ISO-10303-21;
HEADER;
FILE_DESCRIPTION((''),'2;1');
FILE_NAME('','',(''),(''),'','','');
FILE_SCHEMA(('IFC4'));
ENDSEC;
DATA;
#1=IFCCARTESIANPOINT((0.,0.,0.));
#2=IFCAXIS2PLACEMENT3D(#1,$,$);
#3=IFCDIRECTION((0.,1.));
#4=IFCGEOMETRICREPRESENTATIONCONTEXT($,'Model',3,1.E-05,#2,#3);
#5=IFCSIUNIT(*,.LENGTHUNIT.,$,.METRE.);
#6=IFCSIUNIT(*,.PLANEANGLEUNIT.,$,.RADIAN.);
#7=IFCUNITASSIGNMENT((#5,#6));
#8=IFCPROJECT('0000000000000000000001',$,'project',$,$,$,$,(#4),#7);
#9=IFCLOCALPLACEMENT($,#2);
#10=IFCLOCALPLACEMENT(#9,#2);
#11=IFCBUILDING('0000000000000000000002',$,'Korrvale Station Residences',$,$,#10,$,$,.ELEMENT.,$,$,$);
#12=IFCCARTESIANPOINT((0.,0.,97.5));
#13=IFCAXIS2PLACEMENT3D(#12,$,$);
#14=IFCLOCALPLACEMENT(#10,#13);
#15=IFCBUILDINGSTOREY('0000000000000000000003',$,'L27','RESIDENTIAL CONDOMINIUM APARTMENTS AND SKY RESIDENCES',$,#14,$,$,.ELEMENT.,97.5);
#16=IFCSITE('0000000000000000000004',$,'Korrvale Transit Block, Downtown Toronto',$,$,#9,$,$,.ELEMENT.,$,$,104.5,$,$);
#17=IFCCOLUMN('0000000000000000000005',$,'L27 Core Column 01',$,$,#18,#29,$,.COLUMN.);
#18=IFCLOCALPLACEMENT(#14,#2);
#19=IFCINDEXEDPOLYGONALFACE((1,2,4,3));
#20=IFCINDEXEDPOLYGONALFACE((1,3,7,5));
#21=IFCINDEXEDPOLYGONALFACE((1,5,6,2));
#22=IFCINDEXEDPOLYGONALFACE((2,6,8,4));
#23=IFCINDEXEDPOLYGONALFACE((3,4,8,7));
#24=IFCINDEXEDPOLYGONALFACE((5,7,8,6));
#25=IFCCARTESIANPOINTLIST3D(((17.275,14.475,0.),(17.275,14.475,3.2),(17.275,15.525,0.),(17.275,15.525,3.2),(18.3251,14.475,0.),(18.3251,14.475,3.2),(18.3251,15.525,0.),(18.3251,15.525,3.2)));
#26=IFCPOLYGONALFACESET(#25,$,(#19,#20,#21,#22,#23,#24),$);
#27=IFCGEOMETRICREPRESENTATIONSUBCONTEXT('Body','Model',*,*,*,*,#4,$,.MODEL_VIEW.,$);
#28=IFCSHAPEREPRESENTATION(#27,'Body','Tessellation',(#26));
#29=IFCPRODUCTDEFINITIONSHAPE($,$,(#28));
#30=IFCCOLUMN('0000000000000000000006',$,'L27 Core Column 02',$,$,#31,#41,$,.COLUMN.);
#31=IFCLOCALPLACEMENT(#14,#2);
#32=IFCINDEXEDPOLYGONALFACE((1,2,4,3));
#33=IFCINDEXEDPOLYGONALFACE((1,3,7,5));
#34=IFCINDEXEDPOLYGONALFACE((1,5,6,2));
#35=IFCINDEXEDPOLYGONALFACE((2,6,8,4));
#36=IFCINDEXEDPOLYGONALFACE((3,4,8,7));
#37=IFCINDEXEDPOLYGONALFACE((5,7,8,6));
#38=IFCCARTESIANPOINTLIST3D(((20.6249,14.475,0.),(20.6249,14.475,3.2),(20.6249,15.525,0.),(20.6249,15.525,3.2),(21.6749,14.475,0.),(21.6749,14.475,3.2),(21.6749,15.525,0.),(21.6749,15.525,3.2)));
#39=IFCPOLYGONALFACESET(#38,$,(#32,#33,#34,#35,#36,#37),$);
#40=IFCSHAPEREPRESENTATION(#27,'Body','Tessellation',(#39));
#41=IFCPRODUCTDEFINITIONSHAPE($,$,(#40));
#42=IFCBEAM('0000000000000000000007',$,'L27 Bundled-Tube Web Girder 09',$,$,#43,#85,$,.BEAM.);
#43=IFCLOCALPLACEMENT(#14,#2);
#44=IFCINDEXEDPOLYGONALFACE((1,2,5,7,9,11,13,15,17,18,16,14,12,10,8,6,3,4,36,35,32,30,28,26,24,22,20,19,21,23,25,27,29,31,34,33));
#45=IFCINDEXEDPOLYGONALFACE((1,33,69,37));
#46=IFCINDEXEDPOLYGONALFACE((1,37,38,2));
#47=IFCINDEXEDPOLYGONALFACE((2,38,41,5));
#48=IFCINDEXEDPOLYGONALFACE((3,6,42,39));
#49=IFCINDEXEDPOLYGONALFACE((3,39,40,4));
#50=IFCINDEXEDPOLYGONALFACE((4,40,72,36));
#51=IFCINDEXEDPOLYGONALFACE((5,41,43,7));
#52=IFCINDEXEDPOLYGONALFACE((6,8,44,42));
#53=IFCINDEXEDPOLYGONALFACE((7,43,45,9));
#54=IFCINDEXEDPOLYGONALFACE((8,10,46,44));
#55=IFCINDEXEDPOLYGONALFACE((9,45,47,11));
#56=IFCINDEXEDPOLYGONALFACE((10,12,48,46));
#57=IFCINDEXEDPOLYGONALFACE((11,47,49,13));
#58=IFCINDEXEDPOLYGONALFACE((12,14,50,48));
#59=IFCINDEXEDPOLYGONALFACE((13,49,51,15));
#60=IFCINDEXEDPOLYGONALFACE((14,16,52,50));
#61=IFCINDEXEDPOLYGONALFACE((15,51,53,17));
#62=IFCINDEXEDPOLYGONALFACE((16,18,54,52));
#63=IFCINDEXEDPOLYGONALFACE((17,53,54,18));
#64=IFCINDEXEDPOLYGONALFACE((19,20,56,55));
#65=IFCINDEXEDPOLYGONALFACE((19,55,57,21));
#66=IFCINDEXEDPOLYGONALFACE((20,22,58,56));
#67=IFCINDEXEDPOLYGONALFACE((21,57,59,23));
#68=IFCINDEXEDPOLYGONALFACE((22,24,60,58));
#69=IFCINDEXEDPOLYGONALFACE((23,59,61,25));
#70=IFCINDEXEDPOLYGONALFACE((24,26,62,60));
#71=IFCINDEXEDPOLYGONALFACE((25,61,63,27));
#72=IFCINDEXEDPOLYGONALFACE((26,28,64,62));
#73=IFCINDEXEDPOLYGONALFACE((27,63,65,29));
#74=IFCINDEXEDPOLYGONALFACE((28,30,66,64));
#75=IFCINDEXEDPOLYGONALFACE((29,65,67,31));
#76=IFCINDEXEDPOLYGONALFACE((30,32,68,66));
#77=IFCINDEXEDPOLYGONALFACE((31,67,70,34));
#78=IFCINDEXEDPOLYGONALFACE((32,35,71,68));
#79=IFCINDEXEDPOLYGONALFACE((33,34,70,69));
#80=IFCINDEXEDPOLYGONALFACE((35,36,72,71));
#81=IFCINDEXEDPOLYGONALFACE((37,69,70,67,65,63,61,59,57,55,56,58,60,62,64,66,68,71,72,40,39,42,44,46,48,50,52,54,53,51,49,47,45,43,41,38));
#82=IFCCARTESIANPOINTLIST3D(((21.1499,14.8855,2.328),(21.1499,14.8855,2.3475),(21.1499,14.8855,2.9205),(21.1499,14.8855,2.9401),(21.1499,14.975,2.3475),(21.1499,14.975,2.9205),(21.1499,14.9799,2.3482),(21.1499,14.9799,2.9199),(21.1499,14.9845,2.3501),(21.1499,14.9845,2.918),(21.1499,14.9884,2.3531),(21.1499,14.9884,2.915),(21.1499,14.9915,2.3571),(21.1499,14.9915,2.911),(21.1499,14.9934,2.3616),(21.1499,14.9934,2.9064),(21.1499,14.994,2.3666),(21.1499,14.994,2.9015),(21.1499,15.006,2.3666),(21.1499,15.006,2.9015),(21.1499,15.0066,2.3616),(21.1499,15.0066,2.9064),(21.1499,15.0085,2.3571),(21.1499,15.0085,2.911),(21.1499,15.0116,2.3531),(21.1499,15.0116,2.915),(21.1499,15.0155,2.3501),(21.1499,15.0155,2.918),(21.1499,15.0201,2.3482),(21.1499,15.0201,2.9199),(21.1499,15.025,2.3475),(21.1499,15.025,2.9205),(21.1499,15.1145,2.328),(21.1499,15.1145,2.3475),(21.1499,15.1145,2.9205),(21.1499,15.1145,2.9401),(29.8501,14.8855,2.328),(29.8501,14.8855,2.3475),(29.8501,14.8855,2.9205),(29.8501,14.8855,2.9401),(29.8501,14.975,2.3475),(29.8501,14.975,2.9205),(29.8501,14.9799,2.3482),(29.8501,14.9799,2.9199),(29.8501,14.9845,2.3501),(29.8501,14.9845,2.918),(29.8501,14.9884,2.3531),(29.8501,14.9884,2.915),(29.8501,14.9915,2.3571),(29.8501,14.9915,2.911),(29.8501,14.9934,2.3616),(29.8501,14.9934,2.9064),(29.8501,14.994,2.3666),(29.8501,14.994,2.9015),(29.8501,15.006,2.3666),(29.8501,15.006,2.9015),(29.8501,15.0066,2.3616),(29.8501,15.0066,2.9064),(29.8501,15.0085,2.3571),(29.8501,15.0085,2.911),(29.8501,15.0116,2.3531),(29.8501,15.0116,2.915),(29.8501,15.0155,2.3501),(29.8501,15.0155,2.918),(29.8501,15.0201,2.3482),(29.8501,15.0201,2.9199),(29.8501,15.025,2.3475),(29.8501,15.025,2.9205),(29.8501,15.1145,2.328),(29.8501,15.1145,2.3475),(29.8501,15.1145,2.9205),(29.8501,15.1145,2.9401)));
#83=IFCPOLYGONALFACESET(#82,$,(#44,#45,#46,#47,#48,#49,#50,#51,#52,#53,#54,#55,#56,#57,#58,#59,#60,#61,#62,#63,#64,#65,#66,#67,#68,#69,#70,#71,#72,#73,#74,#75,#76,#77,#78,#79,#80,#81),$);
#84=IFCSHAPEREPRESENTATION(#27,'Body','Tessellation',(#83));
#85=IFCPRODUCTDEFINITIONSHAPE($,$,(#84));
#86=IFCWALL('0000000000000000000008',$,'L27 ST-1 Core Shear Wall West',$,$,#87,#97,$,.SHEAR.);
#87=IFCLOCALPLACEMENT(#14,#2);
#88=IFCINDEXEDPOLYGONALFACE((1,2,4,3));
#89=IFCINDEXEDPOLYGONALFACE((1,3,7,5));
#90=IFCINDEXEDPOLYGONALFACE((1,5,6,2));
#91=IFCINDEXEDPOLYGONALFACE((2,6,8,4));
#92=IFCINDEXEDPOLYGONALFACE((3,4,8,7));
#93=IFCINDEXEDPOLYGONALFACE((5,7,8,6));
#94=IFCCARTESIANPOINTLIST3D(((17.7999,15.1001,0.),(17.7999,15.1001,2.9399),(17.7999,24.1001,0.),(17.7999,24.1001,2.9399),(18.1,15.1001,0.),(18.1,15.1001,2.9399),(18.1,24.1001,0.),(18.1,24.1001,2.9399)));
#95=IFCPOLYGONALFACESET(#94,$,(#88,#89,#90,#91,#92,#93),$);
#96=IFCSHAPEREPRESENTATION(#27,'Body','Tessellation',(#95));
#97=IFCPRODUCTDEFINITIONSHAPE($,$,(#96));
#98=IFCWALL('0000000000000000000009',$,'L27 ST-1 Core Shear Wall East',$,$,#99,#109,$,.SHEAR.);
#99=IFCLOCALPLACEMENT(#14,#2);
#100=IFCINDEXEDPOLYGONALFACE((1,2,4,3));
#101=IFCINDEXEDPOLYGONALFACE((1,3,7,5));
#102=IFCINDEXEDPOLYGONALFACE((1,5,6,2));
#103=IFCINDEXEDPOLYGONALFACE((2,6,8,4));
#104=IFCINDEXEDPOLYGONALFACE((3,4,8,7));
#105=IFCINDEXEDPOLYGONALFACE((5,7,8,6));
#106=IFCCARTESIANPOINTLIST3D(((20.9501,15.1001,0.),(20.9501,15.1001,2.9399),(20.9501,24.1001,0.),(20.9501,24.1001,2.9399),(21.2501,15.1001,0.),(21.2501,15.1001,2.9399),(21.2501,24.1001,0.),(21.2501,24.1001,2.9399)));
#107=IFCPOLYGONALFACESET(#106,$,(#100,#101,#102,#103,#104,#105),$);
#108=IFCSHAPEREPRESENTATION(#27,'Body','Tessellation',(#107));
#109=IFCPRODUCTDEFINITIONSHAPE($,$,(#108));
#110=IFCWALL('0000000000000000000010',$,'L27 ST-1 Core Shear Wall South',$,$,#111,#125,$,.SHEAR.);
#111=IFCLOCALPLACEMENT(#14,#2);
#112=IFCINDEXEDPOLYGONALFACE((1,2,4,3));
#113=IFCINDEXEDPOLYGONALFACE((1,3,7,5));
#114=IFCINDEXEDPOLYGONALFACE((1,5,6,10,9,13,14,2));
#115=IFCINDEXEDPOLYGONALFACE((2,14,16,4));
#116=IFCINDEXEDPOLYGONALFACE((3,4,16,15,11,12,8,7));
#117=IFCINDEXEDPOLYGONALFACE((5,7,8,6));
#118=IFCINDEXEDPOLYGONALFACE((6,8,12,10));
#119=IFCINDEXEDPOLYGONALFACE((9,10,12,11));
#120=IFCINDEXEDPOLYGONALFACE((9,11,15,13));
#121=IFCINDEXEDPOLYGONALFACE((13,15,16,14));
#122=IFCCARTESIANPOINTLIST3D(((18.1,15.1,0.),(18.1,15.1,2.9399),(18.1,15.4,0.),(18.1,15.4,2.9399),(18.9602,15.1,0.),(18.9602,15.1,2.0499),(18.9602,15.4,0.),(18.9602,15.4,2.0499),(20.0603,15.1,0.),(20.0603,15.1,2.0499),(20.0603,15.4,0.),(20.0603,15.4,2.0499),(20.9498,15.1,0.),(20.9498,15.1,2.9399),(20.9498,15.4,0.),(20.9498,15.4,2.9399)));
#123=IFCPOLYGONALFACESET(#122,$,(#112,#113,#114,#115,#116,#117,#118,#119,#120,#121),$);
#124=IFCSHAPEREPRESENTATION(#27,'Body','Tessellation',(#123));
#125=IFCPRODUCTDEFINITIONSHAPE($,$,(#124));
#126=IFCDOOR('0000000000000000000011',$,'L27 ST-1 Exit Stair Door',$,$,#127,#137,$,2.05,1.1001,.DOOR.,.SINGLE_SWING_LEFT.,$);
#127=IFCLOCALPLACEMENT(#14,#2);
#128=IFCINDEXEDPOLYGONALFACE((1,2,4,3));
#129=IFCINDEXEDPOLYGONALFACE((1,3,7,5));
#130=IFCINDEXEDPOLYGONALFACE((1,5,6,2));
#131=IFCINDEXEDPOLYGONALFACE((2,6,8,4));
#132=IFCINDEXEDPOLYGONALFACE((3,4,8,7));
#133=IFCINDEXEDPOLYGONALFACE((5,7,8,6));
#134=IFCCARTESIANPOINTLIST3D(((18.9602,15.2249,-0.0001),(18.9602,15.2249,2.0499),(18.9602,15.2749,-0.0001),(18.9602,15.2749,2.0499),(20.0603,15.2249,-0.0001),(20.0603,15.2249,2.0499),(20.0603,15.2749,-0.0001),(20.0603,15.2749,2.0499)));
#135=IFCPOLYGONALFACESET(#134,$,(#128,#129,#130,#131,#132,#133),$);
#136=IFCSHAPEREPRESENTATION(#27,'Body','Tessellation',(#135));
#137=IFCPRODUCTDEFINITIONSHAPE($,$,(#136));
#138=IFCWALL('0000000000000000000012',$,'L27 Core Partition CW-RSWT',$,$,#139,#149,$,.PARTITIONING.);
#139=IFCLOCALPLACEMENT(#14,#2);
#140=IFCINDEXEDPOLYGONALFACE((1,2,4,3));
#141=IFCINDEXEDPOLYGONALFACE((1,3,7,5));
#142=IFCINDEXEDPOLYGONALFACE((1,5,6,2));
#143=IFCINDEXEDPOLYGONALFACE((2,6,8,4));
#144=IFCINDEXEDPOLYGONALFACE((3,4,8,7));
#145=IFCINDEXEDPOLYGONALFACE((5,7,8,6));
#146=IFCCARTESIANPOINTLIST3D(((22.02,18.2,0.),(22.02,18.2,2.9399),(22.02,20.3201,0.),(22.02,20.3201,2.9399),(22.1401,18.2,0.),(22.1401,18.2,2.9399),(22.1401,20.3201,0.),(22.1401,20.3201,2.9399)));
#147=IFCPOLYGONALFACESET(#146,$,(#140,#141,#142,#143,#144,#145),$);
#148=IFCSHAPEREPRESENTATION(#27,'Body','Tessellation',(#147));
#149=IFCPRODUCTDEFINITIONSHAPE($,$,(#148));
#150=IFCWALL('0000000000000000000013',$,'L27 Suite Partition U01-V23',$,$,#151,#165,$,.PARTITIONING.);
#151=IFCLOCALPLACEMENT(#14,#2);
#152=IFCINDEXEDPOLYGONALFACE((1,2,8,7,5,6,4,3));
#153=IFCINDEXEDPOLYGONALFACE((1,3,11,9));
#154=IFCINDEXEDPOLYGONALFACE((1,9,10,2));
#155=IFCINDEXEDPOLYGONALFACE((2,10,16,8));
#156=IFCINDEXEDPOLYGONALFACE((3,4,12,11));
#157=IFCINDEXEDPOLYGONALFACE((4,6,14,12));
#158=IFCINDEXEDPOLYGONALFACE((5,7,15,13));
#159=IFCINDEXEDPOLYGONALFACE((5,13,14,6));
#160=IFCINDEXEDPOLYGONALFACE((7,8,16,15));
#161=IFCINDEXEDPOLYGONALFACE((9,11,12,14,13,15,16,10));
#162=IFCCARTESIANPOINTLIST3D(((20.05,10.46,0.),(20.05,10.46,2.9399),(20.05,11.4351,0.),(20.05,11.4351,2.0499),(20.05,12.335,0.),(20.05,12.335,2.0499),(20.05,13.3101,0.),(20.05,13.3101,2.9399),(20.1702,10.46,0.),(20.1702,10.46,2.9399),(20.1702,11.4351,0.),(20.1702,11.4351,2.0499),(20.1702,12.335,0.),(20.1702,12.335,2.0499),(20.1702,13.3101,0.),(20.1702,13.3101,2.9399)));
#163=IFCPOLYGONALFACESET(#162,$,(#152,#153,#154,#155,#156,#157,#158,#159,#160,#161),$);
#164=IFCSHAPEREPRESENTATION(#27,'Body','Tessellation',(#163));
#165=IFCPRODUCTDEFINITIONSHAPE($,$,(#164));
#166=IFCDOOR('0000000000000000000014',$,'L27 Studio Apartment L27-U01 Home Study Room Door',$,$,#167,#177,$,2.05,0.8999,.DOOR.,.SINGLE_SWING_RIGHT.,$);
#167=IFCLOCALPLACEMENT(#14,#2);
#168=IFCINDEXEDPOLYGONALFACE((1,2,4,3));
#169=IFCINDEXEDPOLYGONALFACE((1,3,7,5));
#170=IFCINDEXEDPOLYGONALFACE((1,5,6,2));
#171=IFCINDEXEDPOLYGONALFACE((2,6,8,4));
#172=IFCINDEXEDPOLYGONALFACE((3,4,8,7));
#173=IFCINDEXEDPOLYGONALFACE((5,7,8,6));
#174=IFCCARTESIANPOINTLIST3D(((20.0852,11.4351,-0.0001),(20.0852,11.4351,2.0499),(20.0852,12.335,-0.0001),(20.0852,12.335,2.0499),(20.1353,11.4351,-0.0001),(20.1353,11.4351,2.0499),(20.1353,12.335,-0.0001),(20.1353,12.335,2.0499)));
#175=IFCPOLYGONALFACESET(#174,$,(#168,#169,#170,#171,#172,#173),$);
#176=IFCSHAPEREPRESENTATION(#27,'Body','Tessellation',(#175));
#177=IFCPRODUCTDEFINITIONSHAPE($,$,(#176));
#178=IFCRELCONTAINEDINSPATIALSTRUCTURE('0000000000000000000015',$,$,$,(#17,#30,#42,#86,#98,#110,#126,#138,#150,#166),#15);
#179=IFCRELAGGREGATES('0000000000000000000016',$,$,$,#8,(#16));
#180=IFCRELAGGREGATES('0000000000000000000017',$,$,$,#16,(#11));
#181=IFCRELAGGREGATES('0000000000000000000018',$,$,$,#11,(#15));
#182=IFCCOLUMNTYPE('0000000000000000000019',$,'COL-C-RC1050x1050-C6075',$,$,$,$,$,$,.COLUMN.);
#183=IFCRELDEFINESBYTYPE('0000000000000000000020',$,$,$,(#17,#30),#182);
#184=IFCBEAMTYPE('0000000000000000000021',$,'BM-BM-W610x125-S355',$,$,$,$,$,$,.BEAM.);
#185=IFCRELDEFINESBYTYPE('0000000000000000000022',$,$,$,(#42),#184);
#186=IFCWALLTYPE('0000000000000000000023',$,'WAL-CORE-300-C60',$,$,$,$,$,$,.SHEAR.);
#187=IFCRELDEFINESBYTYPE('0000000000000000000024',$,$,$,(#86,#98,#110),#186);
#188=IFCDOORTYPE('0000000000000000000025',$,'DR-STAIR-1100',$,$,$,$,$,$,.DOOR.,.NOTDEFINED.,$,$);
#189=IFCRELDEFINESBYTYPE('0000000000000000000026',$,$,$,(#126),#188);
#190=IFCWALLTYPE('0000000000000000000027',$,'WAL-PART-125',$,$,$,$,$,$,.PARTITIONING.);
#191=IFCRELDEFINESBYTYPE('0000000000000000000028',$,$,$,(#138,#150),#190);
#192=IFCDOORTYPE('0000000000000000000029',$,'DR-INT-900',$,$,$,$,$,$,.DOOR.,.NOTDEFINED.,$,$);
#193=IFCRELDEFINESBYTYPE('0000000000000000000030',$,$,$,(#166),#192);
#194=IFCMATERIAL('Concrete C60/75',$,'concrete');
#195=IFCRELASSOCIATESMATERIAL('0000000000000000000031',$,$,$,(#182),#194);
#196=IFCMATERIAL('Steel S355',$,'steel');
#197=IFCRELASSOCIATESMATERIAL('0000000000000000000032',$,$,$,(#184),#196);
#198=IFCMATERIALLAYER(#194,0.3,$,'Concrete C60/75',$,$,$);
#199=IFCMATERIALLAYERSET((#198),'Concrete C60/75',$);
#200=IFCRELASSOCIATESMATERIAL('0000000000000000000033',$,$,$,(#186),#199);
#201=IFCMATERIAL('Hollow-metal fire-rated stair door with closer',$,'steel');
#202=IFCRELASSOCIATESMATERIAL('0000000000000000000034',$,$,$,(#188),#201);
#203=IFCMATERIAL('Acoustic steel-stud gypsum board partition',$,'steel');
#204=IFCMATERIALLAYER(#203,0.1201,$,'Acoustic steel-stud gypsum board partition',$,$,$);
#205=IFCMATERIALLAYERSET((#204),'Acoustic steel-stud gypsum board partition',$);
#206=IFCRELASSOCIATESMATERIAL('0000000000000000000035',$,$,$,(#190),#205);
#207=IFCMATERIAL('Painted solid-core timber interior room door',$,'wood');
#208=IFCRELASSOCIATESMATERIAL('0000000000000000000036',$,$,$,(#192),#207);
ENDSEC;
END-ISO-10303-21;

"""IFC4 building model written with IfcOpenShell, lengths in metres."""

from ifc_helpers import new_model, si_unit, direction, frame, frame_2d, origin, origin_2d, place, context, subcontext, project, spatial, rectangle, i_section, extrude, material, layer, layer_set, material_profile, profile_set, type_object, element, fill, save


model = new_model("IFC4")

# Units and contexts
model_context = context("Model", 3, precision=1e-05, world=origin(), true_north=direction((0.0, 1.0)))
body_context = subcontext(model_context, "Body", "Model", "MODEL_VIEW")
ifc_project = project(units=[si_unit("LENGTHUNIT", "METRE"), si_unit("PLANEANGLEUNIT", "RADIAN")], contexts=[model_context])

# Site, building, storey
site_placement = place(None, origin())
site = spatial("IfcSite", under=ifc_project, at=site_placement, Name="Korrvale Transit Block, Downtown Toronto", CompositionType="ELEMENT", RefElevation=104.5)
building_placement = place(site_placement, origin())
building = spatial("IfcBuilding", under=site, at=building_placement, Name="Korrvale Station Residences", CompositionType="ELEMENT")
storey_placement = place(building_placement, frame((0.0, 0.0, 97.5)))
storey = spatial("IfcBuildingStorey", under=building, at=storey_placement, Name="L27", Description="RESIDENTIAL CONDOMINIUM APARTMENTS AND SKY RESIDENCES", CompositionType="ELEMENT", Elevation=97.5)

# Columns
ifc_material_1 = material(Name="Concrete C60/75", Category="concrete")
ifc_material_profile_1 = material_profile(ifc_material_1, rectangle(XDim=1.05, YDim=1.05, at=origin_2d()), Name="RC1050x1050")
ifc_profile_set_1 = profile_set([ifc_material_profile_1], Name="Concrete C60/75")
column_type = type_object("IfcColumnType", Name="COL-C-RC1050x1050-C6075", PredefinedType="COLUMN", material=ifc_profile_set_1)
for number, where, z_axis, x_axis, name in (
    (1, (17.8, 15.0, 0.0), (0.0, 0.0, 1.0), (1.0, 0.0, 0.0), "L27 Core Column 01"),
    (2, (21.1499, 15.0, 0.0), (0.0, 0.0, 1.0), (1.0, 0.0, 0.0), "L27 Core Column 02"),
):
    element("IfcColumn", number, at=place(storey_placement, frame(where, z_axis=z_axis, x_axis=x_axis)), inside=storey, type_object=column_type, Name=name, PredefinedType="COLUMN", context=body_context, shape_type="SweptSolid", body=[
        extrude(rectangle(XDim=1.05, YDim=1.05, at=origin_2d()), origin(), (0.0, 0.0, 1.0), 3.2),
    ])

# Beam
ifc_material_2 = material(Name="Steel S355", Category="steel")
ifc_material_profile_2 = material_profile(ifc_material_2, i_section(OverallWidth=0.229, OverallDepth=0.6121, WebThickness=0.012, FlangeThickness=0.0195, FilletRadius=0.019, at=origin_2d()), Name="W610x125")
ifc_profile_set_2 = profile_set([ifc_material_profile_2], Name="Steel S355")
beam_type = type_object("IfcBeamType", Name="BM-BM-W610x125-S355", PredefinedType="BEAM", material=ifc_profile_set_2)
beam_placement = place(storey_placement, frame((21.1499, 15.0, 2.634), z_axis=(1.0, 0.0, 0.0), x_axis=(0.0, 1.0, 0.0)))
element("IfcBeam", 3, at=beam_placement, inside=storey, type_object=beam_type, Name="L27 Bundled-Tube Web Girder 09", PredefinedType="BEAM", context=body_context, shape_type="SweptSolid", body=[
    extrude(i_section(OverallWidth=0.229, OverallDepth=0.6121, WebThickness=0.012, FlangeThickness=0.0195, FilletRadius=0.019, at=origin_2d()), origin(), (0.0, 0.0, 1.0), 8.7002),
])

# Walls
ifc_layer_1 = layer(ifc_material_1, 0.3, Name="Concrete C60/75")
ifc_layer_set_1 = layer_set([ifc_layer_1], Name="Concrete C60/75")
wall_type_1 = type_object("IfcWallType", Name="WAL-CORE-300-C60", PredefinedType="SHEAR", material=ifc_layer_set_1)
for number, where, z_axis, x_axis, name in (
    (4, (17.95, 15.1001, 0.0), (0.0, 0.0, 1.0), (0.0, 1.0, 0.0), "L27 ST-1 Core Shear Wall West"),
    (5, (21.1001, 15.1001, 0.0), (0.0, 0.0, 1.0), (0.0, 1.0, 0.0), "L27 ST-1 Core Shear Wall East"),
):
    element("IfcWall", number, at=place(storey_placement, frame(where, z_axis=z_axis, x_axis=x_axis)), inside=storey, type_object=wall_type_1, Name=name, PredefinedType="SHEAR", context=body_context, shape_type="SweptSolid", body=[
        extrude(rectangle(XDim=9.0, YDim=0.3, at=frame_2d((4.5, 0.0))), origin(), (0.0, 0.0, 1.0), 2.9399),
    ])

# Wall, opening, door
wall_1_placement = place(storey_placement, frame((18.1001, 15.25, 0.0), z_axis=(0.0, 0.0, 1.0), x_axis=(1.0, 0.0, 0.0)))
wall_1 = element("IfcWall", 6, at=wall_1_placement, inside=storey, type_object=wall_type_1, Name="L27 ST-1 Core Shear Wall South", PredefinedType="SHEAR", context=body_context, shape_type="SweptSolid", body=[
    extrude(rectangle(XDim=2.8499, YDim=0.3, at=frame_2d((1.4248, 0.0))), origin(), (0.0, 0.0, 1.0), 2.9399),
])
opening_1_placement = place(wall_1_placement, frame((0.8601, 0.0, 0.0)))
opening_1 = element("IfcOpeningElement", 7, at=opening_1_placement, cuts=wall_1, PredefinedType="OPENING", context=body_context, shape_type="SweptSolid", body=[
    extrude(rectangle(XDim=1.1001, YDim=2.05, at=frame_2d((0.55, 1.0249))), frame((0.0, 0.1602, 0.0), z_axis=(0.0, -1.0, 0.0), x_axis=(1.0, 0.0, 0.0)), (0.0, 0.0, 1.0), 0.3201),
])
ifc_material_3 = material(Name="Hollow-metal fire-rated stair door with closer", Category="steel")
door_type_1 = type_object("IfcDoorType", Name="DR-STAIR-1100", OperationType="NOTDEFINED", PredefinedType="DOOR", material=ifc_material_3)
door_1_placement = place(opening_1_placement, origin())
door_1 = element("IfcDoor", 8, at=door_1_placement, inside=storey, type_object=door_type_1, Name="L27 ST-1 Exit Stair Door", OperationType="SINGLE_SWING_LEFT", OverallHeight=2.05, OverallWidth=1.1001, PredefinedType="DOOR", context=body_context, shape_type="SweptSolid", body=[
    extrude(rectangle(XDim=1.1001, YDim=2.05, at=frame_2d((0.55, 1.0249))), frame((0.0, 0.0249, 0.0), z_axis=(0.0, -1.0, 0.0), x_axis=(1.0, 0.0, 0.0)), (0.0, 0.0, 1.0), 0.05),
])
fill(opening_1, door_1)

# Wall
ifc_material_4 = material(Name="Acoustic steel-stud gypsum board partition", Category="steel")
ifc_layer_2 = layer(ifc_material_4, 0.1201, Name="Acoustic steel-stud gypsum board partition")
ifc_layer_set_2 = layer_set([ifc_layer_2], Name="Acoustic steel-stud gypsum board partition")
wall_type_2 = type_object("IfcWallType", Name="WAL-PART-125", PredefinedType="PARTITIONING", material=ifc_layer_set_2)
wall_2_placement = place(storey_placement, frame((22.0801, 18.2, 0.0), z_axis=(0.0, 0.0, 1.0), x_axis=(0.0, 1.0, 0.0)))
element("IfcWall", 9, at=wall_2_placement, inside=storey, type_object=wall_type_2, Name="L27 Core Partition CW-RSWT", PredefinedType="PARTITIONING", context=body_context, shape_type="SweptSolid", body=[
    extrude(rectangle(XDim=2.1201, YDim=0.1201, at=frame_2d((1.0601, 0.0))), origin(), (0.0, 0.0, 1.0), 2.9399),
])

# Wall, opening, door
wall_3_placement = place(storey_placement, frame((20.1101, 10.46, 0.0), z_axis=(0.0, 0.0, 1.0), x_axis=(0.0, 1.0, 0.0)))
wall_3 = element("IfcWall", 10, at=wall_3_placement, inside=storey, type_object=wall_type_2, Name="L27 Suite Partition U01-V23", PredefinedType="PARTITIONING", context=body_context, shape_type="SweptSolid", body=[
    extrude(rectangle(XDim=2.8501, YDim=0.1201, at=frame_2d((1.425, 0.0))), origin(), (0.0, 0.0, 1.0), 2.9399),
])
opening_2_placement = place(wall_3_placement, frame((0.9751, 0.0, 0.0)))
opening_2 = element("IfcOpeningElement", 11, at=opening_2_placement, cuts=wall_3, PredefinedType="OPENING", context=body_context, shape_type="SweptSolid", body=[
    extrude(rectangle(XDim=0.8999, YDim=2.05, at=frame_2d((0.45, 1.0249))), frame((0.0, 0.0701, 0.0), z_axis=(0.0, -1.0, 0.0), x_axis=(1.0, 0.0, 0.0)), (0.0, 0.0, 1.0), 0.1401),
])
ifc_material_5 = material(Name="Painted solid-core timber interior room door", Category="wood")
door_type_2 = type_object("IfcDoorType", Name="DR-INT-900", OperationType="NOTDEFINED", PredefinedType="DOOR", material=ifc_material_5)
door_2_placement = place(opening_2_placement, origin())
door_2 = element("IfcDoor", 12, at=door_2_placement, inside=storey, type_object=door_type_2, Name="L27 Studio Apartment L27-U01 Home Study Room Door", OperationType="SINGLE_SWING_RIGHT", OverallHeight=2.05, OverallWidth=0.8999, PredefinedType="DOOR", context=body_context, shape_type="SweptSolid", body=[
    extrude(rectangle(XDim=0.8999, YDim=2.05, at=frame_2d((0.45, 1.0249))), frame((0.0, 0.0249, 0.0), z_axis=(0.0, -1.0, 0.0), x_axis=(1.0, 0.0, 0.0)), (0.0, 0.0, 1.0), 0.05),
])
fill(opening_2, door_2)

save(model, "model.ifc")
